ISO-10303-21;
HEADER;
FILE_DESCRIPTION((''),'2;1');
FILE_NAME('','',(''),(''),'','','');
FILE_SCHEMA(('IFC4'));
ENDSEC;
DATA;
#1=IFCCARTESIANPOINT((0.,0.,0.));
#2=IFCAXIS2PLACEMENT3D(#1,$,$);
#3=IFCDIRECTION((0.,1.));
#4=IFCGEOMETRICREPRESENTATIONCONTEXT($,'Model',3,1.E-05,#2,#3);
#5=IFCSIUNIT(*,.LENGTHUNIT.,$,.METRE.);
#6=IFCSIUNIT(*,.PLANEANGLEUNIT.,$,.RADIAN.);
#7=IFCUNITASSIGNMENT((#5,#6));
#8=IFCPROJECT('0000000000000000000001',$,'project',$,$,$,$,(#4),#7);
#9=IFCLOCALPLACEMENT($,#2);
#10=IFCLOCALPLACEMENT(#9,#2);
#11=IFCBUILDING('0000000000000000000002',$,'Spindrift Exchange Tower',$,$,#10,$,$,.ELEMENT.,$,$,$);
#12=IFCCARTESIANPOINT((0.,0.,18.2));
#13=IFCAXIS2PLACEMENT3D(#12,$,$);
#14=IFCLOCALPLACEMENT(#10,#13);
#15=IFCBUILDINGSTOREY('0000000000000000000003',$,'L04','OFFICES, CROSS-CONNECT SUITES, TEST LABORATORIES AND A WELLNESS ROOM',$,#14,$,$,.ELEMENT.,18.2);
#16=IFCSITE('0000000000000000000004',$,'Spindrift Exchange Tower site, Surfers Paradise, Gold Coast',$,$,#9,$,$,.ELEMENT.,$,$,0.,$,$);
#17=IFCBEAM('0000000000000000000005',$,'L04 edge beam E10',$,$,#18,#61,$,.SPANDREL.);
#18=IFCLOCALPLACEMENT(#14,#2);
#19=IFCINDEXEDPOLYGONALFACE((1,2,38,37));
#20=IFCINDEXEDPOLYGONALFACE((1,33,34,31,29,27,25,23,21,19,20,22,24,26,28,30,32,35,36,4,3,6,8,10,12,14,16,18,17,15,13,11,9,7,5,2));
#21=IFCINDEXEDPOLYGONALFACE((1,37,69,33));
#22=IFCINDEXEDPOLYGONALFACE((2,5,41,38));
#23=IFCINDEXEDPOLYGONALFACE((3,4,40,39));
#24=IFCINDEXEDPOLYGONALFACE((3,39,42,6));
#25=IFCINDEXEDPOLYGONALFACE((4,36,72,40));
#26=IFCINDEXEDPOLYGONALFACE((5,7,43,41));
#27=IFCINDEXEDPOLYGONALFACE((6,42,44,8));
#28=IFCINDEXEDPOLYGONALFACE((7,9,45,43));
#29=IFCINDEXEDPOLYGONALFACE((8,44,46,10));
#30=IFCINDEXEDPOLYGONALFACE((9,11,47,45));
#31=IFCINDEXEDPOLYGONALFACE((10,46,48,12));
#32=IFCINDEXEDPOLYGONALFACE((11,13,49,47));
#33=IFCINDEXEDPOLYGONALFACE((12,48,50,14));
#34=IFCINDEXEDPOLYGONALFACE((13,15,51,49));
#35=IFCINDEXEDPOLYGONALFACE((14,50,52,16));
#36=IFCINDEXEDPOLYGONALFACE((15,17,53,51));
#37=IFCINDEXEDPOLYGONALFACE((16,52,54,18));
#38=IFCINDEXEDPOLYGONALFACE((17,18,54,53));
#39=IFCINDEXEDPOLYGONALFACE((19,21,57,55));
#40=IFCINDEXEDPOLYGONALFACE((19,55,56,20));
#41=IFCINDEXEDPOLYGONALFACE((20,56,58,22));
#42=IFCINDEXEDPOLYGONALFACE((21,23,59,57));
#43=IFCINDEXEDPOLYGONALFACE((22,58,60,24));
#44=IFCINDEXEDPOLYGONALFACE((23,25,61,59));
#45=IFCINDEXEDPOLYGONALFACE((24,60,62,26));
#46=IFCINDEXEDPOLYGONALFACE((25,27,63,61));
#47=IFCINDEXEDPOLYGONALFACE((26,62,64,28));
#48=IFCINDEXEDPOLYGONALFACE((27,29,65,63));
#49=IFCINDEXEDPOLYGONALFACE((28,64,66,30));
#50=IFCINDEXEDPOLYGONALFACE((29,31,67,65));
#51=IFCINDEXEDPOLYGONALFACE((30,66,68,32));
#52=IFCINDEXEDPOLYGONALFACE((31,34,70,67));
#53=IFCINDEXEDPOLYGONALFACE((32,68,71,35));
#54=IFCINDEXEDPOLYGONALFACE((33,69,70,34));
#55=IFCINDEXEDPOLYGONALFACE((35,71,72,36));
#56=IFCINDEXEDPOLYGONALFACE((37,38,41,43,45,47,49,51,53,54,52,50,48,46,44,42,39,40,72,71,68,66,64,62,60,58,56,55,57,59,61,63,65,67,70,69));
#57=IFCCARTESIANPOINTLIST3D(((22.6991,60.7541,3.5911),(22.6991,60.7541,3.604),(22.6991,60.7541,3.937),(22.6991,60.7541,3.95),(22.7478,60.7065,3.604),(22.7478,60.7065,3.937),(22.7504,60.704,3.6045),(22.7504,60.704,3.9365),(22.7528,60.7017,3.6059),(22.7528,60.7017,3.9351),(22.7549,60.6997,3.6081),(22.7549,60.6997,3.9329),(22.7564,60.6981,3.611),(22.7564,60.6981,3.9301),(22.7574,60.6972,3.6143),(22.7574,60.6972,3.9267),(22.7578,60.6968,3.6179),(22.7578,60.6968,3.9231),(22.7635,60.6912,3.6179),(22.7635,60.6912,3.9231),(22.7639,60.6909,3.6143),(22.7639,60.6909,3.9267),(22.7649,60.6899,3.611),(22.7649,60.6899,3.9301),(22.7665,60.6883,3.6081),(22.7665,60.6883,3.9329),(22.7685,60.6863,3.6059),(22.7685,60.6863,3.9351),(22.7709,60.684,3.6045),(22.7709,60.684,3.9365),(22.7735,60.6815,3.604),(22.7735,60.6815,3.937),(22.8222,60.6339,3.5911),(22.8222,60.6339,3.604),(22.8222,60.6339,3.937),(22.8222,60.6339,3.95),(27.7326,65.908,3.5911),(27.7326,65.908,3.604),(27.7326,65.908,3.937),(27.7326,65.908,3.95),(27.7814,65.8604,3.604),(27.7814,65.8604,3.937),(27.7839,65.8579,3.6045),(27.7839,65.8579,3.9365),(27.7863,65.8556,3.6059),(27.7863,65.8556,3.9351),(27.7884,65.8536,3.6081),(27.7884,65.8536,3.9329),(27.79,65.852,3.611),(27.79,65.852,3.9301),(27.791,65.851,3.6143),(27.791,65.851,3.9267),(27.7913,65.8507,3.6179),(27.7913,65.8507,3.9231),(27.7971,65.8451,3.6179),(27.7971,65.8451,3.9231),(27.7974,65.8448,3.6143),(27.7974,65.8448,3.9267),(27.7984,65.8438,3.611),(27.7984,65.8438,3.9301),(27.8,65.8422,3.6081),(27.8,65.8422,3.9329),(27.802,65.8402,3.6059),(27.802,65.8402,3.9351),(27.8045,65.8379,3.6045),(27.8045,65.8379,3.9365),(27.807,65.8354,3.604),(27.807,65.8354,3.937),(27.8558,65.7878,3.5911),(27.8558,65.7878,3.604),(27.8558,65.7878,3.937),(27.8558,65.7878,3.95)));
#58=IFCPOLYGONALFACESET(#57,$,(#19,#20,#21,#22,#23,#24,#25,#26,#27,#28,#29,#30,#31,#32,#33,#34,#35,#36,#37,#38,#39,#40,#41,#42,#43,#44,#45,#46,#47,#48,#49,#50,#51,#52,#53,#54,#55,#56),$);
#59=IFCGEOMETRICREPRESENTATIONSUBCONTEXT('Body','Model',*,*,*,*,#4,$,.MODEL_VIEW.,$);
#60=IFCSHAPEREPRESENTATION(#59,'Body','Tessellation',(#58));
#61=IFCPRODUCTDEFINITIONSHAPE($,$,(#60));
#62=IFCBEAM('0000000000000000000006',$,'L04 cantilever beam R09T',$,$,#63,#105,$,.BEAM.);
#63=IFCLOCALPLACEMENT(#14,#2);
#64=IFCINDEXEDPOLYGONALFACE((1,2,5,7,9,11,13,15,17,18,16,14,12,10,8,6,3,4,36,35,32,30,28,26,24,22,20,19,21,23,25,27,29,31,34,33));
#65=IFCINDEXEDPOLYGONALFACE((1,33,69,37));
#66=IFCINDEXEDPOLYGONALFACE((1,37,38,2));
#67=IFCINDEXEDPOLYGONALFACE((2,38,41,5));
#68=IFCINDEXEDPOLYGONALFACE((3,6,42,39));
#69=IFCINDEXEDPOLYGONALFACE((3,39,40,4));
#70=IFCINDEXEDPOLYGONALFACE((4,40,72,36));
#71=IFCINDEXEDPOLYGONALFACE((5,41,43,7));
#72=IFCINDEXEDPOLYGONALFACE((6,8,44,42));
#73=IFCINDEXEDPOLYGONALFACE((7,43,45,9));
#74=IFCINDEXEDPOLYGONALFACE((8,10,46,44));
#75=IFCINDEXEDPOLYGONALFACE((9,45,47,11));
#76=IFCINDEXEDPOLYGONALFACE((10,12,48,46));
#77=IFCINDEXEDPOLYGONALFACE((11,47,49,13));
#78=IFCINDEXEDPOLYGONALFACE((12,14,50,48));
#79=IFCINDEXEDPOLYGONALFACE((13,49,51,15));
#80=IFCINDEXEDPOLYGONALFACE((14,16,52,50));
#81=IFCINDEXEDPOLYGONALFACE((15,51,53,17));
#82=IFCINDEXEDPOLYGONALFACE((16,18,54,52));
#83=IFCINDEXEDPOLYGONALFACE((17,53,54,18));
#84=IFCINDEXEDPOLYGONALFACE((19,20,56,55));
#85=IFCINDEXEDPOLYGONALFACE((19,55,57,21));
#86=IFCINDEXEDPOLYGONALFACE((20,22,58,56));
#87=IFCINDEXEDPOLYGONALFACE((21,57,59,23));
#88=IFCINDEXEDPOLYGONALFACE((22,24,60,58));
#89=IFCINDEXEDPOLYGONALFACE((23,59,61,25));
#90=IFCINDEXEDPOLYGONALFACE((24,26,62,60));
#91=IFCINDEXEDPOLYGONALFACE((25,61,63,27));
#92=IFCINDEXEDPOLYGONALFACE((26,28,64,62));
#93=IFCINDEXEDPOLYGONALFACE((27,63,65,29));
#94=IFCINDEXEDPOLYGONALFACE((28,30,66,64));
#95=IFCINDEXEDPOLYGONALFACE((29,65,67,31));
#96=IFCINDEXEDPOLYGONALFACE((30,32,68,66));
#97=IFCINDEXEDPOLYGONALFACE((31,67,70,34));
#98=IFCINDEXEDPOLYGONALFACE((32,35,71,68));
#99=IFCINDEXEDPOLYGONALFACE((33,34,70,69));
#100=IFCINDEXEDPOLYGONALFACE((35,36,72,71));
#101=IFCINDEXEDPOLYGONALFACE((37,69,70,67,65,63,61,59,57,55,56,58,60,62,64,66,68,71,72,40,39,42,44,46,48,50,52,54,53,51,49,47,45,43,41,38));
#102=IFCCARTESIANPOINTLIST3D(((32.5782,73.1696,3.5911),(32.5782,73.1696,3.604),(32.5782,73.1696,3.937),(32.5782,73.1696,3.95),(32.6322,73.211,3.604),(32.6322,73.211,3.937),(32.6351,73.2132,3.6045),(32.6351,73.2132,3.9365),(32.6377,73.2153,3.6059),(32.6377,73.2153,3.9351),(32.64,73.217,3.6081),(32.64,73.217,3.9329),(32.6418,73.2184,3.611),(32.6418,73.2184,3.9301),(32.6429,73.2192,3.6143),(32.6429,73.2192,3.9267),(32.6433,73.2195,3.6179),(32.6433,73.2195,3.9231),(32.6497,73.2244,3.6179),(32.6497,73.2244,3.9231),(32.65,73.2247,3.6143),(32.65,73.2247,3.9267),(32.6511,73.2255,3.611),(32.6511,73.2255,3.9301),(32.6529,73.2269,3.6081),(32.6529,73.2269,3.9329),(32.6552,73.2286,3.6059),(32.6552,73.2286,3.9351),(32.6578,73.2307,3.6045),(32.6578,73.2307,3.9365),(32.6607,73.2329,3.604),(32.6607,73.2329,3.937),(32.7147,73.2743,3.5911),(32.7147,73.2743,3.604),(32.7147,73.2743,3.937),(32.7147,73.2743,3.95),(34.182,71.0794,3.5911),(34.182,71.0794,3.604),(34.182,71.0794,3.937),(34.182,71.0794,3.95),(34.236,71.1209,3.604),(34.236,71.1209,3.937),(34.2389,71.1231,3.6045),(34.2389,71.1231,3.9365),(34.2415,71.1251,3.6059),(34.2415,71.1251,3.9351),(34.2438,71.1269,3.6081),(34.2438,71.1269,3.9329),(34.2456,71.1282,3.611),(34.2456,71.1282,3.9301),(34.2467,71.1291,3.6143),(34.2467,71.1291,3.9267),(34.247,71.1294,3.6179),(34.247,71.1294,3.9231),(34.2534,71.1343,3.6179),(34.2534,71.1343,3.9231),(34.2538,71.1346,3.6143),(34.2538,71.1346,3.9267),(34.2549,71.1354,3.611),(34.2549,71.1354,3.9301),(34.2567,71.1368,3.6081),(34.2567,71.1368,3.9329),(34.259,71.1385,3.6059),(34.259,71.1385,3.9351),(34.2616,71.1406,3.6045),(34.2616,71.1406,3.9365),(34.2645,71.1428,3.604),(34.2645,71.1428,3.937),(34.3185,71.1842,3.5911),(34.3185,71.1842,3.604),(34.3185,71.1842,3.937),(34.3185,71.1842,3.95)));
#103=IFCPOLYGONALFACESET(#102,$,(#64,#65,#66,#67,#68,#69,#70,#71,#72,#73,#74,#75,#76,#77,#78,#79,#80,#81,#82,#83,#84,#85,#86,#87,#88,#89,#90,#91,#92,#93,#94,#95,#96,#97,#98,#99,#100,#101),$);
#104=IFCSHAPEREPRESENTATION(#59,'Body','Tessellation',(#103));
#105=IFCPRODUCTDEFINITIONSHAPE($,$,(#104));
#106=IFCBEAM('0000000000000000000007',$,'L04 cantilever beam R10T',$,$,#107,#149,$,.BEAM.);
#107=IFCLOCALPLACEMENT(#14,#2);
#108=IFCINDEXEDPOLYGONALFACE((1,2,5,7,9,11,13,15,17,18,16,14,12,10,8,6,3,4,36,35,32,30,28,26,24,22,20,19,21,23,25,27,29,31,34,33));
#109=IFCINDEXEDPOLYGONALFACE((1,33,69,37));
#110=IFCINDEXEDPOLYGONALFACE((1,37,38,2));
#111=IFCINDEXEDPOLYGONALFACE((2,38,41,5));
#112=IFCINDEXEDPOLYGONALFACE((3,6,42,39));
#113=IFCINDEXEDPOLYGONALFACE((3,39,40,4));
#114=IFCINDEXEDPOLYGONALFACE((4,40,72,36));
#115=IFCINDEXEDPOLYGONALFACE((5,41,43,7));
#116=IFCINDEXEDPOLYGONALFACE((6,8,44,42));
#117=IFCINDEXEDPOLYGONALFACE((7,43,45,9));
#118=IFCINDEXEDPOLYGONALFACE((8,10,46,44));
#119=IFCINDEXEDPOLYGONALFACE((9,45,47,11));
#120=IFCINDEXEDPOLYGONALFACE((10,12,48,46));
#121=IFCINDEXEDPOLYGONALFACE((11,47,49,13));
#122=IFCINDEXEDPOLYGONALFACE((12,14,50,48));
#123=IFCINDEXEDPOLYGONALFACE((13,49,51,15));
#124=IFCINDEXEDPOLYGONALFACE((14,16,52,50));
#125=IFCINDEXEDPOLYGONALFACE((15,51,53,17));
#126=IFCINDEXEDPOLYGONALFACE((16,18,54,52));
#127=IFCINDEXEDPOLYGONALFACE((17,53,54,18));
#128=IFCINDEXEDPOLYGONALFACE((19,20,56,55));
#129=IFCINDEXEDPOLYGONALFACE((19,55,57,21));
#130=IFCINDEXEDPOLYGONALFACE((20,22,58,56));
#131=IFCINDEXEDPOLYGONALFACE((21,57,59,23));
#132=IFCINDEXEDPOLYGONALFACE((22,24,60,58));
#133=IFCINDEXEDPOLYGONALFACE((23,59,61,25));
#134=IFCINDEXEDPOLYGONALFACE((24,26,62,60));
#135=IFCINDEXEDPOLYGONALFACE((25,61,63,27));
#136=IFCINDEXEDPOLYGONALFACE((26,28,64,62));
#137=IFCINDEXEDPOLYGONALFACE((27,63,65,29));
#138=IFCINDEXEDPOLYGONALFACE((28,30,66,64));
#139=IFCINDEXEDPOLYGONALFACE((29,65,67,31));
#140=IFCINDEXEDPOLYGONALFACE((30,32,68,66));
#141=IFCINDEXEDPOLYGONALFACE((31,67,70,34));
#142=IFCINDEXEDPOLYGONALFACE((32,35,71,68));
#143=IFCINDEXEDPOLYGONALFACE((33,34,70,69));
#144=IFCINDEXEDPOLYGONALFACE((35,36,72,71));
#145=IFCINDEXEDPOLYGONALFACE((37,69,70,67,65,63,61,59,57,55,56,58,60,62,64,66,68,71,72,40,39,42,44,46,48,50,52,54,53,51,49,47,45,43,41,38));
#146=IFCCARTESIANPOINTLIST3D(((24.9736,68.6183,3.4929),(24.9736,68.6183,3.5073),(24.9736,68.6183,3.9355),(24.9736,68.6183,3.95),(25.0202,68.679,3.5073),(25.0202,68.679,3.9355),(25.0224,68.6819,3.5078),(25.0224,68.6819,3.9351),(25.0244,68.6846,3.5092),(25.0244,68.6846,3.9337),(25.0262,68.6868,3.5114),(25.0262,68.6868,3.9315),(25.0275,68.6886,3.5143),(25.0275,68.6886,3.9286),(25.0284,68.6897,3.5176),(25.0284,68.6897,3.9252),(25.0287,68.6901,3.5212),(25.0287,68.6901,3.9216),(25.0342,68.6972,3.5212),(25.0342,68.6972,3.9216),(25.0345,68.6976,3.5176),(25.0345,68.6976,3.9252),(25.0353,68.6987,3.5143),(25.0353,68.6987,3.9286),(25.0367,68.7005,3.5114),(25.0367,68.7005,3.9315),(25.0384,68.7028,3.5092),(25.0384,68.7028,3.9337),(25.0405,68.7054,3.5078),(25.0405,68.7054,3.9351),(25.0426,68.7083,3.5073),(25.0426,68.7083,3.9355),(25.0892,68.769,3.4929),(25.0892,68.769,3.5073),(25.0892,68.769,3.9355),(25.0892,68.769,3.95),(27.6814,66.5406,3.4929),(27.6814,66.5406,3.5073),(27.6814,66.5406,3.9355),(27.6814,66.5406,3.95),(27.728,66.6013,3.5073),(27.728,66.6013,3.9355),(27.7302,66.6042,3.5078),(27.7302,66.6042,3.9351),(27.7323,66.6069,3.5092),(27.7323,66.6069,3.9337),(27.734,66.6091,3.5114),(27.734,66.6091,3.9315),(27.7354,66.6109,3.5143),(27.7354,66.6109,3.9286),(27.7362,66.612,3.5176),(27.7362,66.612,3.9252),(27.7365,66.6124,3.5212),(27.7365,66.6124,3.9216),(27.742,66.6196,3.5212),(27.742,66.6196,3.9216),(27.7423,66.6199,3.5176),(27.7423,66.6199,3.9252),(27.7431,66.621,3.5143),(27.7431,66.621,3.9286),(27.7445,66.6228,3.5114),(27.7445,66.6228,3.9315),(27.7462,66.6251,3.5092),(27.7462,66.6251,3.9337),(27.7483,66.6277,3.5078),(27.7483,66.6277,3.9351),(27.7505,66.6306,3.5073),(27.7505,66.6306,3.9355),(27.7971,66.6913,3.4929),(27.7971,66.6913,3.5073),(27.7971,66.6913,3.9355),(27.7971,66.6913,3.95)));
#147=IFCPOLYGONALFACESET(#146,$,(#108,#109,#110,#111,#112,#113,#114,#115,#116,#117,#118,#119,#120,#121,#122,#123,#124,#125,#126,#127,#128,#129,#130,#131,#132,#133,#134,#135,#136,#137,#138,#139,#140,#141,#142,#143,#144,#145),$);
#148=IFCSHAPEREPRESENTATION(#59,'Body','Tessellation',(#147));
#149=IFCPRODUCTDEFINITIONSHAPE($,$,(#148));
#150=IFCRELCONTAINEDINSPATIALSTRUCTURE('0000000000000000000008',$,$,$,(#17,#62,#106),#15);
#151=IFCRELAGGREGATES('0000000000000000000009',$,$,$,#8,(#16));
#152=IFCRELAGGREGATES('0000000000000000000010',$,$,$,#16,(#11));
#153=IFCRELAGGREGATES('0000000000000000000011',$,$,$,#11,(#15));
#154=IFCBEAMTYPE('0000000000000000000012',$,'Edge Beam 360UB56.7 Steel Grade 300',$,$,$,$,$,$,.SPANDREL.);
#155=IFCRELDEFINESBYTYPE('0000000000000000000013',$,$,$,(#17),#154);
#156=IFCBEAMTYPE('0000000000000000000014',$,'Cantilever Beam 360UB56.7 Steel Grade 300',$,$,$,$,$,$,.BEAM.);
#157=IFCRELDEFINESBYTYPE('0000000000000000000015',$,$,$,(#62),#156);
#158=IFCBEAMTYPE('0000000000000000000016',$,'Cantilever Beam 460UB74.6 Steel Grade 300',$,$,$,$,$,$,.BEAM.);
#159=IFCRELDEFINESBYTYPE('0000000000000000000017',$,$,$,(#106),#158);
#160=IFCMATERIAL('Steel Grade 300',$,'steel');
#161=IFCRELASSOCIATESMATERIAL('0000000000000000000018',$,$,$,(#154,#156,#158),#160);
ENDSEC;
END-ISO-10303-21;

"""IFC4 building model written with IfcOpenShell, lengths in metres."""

from ifc_helpers import new_model, si_unit, direction, frame, origin, origin_2d, place, context, subcontext, project, spatial, i_section, extrude, source, transform, mapped, material, material_profile, profile_set, type_object, element, save


model = new_model("IFC4")

# Units and contexts
model_context = context("Model", 3, precision=1e-05, world=origin(), true_north=direction((0.0, 1.0)))
body_context = subcontext(model_context, "Body", "Model", "MODEL_VIEW")
ifc_project = project(units=[si_unit("LENGTHUNIT", "METRE"), si_unit("PLANEANGLEUNIT", "RADIAN")], contexts=[model_context])

# Site, building, storey
site_placement = place(None, origin())
site = spatial("IfcSite", under=ifc_project, at=site_placement, Name="Spindrift Exchange Tower site, Surfers Paradise, Gold Coast", CompositionType="ELEMENT", RefElevation=0.0)
building_placement = place(site_placement, origin())
building = spatial("IfcBuilding", under=site, at=building_placement, Name="Spindrift Exchange Tower", CompositionType="ELEMENT")
storey_placement = place(building_placement, frame((0.0, 0.0, 18.2)))
storey = spatial("IfcBuildingStorey", under=building, at=storey_placement, Name="L04", Description="OFFICES, CROSS-CONNECT SUITES, TEST LABORATORIES AND A WELLNESS ROOM", CompositionType="ELEMENT", Elevation=18.2)

# Beams
ifc_material_1 = material(Name="Steel Grade 300", Category="steel")
ifc_material_profile_1 = material_profile(ifc_material_1, i_section(OverallWidth=0.1721, OverallDepth=0.3589, WebThickness=0.0081, FlangeThickness=0.0129, FilletRadius=0.0139, at=origin_2d()), Name="360UB56.7")
ifc_profile_set_1 = profile_set([ifc_material_profile_1], Name="Steel Grade 300")
beam_type_1 = type_object("IfcBeamType", Name="Edge Beam 360UB56.7 Steel Grade 300", PredefinedType="SPANDREL", material=ifc_profile_set_1)
shared_shape_1 = source(origin(), body_context, "Body", "SweptSolid", [
    extrude(i_section(OverallWidth=0.1721, OverallDepth=0.3589, WebThickness=0.0081, FlangeThickness=0.0129, FilletRadius=0.0139, at=origin_2d()), origin(), (0.0, 0.0, 1.0), 7.2041),
])
beam_1_placement = place(storey_placement, frame((27.7942, 65.8479, 3.7705), z_axis=(-0.698704, -0.715411, 0.0), x_axis=(0.715411, -0.698704, 0.0)))
element("IfcBeam", 1, at=beam_1_placement, inside=storey, type_object=beam_type_1, Name="L04 edge beam E10", PredefinedType="SPANDREL", context=body_context, shape_type="MappedRepresentation", body=[
    mapped(shared_shape_1, transform((0.0, 0.0, 0.0), scale=1.0)),
])
ifc_material_profile_2 = material_profile(ifc_material_1, i_section(OverallWidth=0.1721, OverallDepth=0.3589, WebThickness=0.0081, FlangeThickness=0.0129, FilletRadius=0.0139, at=origin_2d()), Name="360UB56.7")
ifc_profile_set_2 = profile_set([ifc_material_profile_2], Name="Steel Grade 300")
beam_type_2 = type_object("IfcBeamType", Name="Cantilever Beam 360UB56.7 Steel Grade 300", PredefinedType="BEAM", material=ifc_profile_set_2)
shared_shape_2 = source(origin(), body_context, "Body", "SweptSolid", [
    extrude(i_section(OverallWidth=0.1721, OverallDepth=0.3589, WebThickness=0.0081, FlangeThickness=0.0129, FilletRadius=0.0139, at=origin_2d()), origin(), (0.0, 0.0, 1.0), 2.6345),
])
beam_2_placement = place(storey_placement, frame((34.2502, 71.1318, 3.7705), z_axis=(-0.608756, 0.793357, 0.0), x_axis=(-0.793357, -0.608756, 0.0)))
element("IfcBeam", 2, at=beam_2_placement, inside=storey, type_object=beam_type_2, Name="L04 cantilever beam R09T", PredefinedType="BEAM", context=body_context, shape_type="MappedRepresentation", body=[
    mapped(shared_shape_2, transform((0.0, 0.0, 0.0), scale=1.0)),
])
ifc_material_profile_3 = material_profile(ifc_material_1, i_section(OverallWidth=0.1899, OverallDepth=0.457, WebThickness=0.009, FlangeThickness=0.0144, FilletRadius=0.0139, at=origin_2d()), Name="460UB74.6")
ifc_profile_set_3 = profile_set([ifc_material_profile_3], Name="Steel Grade 300")
beam_type_3 = type_object("IfcBeamType", Name="Cantilever Beam 460UB74.6 Steel Grade 300", PredefinedType="BEAM", material=ifc_profile_set_3)
shared_shape_3 = source(origin(), body_context, "Body", "SweptSolid", [
    extrude(i_section(OverallWidth=0.1899, OverallDepth=0.457, WebThickness=0.009, FlangeThickness=0.0144, FilletRadius=0.0139, at=origin_2d()), origin(), (0.0, 0.0, 1.0), 3.4131),
])
beam_3_placement = place(storey_placement, frame((27.7393, 66.616, 3.7214), z_axis=(-0.793368, 0.608742, 0.0), x_axis=(-0.608742, -0.793368, 0.0)))
element("IfcBeam", 3, at=beam_3_placement, inside=storey, type_object=beam_type_3, Name="L04 cantilever beam R10T", PredefinedType="BEAM", context=body_context, shape_type="MappedRepresentation", body=[
    mapped(shared_shape_3, transform((0.0, 0.0, 0.0), scale=1.0)),
])

save(model, "model.ifc")
